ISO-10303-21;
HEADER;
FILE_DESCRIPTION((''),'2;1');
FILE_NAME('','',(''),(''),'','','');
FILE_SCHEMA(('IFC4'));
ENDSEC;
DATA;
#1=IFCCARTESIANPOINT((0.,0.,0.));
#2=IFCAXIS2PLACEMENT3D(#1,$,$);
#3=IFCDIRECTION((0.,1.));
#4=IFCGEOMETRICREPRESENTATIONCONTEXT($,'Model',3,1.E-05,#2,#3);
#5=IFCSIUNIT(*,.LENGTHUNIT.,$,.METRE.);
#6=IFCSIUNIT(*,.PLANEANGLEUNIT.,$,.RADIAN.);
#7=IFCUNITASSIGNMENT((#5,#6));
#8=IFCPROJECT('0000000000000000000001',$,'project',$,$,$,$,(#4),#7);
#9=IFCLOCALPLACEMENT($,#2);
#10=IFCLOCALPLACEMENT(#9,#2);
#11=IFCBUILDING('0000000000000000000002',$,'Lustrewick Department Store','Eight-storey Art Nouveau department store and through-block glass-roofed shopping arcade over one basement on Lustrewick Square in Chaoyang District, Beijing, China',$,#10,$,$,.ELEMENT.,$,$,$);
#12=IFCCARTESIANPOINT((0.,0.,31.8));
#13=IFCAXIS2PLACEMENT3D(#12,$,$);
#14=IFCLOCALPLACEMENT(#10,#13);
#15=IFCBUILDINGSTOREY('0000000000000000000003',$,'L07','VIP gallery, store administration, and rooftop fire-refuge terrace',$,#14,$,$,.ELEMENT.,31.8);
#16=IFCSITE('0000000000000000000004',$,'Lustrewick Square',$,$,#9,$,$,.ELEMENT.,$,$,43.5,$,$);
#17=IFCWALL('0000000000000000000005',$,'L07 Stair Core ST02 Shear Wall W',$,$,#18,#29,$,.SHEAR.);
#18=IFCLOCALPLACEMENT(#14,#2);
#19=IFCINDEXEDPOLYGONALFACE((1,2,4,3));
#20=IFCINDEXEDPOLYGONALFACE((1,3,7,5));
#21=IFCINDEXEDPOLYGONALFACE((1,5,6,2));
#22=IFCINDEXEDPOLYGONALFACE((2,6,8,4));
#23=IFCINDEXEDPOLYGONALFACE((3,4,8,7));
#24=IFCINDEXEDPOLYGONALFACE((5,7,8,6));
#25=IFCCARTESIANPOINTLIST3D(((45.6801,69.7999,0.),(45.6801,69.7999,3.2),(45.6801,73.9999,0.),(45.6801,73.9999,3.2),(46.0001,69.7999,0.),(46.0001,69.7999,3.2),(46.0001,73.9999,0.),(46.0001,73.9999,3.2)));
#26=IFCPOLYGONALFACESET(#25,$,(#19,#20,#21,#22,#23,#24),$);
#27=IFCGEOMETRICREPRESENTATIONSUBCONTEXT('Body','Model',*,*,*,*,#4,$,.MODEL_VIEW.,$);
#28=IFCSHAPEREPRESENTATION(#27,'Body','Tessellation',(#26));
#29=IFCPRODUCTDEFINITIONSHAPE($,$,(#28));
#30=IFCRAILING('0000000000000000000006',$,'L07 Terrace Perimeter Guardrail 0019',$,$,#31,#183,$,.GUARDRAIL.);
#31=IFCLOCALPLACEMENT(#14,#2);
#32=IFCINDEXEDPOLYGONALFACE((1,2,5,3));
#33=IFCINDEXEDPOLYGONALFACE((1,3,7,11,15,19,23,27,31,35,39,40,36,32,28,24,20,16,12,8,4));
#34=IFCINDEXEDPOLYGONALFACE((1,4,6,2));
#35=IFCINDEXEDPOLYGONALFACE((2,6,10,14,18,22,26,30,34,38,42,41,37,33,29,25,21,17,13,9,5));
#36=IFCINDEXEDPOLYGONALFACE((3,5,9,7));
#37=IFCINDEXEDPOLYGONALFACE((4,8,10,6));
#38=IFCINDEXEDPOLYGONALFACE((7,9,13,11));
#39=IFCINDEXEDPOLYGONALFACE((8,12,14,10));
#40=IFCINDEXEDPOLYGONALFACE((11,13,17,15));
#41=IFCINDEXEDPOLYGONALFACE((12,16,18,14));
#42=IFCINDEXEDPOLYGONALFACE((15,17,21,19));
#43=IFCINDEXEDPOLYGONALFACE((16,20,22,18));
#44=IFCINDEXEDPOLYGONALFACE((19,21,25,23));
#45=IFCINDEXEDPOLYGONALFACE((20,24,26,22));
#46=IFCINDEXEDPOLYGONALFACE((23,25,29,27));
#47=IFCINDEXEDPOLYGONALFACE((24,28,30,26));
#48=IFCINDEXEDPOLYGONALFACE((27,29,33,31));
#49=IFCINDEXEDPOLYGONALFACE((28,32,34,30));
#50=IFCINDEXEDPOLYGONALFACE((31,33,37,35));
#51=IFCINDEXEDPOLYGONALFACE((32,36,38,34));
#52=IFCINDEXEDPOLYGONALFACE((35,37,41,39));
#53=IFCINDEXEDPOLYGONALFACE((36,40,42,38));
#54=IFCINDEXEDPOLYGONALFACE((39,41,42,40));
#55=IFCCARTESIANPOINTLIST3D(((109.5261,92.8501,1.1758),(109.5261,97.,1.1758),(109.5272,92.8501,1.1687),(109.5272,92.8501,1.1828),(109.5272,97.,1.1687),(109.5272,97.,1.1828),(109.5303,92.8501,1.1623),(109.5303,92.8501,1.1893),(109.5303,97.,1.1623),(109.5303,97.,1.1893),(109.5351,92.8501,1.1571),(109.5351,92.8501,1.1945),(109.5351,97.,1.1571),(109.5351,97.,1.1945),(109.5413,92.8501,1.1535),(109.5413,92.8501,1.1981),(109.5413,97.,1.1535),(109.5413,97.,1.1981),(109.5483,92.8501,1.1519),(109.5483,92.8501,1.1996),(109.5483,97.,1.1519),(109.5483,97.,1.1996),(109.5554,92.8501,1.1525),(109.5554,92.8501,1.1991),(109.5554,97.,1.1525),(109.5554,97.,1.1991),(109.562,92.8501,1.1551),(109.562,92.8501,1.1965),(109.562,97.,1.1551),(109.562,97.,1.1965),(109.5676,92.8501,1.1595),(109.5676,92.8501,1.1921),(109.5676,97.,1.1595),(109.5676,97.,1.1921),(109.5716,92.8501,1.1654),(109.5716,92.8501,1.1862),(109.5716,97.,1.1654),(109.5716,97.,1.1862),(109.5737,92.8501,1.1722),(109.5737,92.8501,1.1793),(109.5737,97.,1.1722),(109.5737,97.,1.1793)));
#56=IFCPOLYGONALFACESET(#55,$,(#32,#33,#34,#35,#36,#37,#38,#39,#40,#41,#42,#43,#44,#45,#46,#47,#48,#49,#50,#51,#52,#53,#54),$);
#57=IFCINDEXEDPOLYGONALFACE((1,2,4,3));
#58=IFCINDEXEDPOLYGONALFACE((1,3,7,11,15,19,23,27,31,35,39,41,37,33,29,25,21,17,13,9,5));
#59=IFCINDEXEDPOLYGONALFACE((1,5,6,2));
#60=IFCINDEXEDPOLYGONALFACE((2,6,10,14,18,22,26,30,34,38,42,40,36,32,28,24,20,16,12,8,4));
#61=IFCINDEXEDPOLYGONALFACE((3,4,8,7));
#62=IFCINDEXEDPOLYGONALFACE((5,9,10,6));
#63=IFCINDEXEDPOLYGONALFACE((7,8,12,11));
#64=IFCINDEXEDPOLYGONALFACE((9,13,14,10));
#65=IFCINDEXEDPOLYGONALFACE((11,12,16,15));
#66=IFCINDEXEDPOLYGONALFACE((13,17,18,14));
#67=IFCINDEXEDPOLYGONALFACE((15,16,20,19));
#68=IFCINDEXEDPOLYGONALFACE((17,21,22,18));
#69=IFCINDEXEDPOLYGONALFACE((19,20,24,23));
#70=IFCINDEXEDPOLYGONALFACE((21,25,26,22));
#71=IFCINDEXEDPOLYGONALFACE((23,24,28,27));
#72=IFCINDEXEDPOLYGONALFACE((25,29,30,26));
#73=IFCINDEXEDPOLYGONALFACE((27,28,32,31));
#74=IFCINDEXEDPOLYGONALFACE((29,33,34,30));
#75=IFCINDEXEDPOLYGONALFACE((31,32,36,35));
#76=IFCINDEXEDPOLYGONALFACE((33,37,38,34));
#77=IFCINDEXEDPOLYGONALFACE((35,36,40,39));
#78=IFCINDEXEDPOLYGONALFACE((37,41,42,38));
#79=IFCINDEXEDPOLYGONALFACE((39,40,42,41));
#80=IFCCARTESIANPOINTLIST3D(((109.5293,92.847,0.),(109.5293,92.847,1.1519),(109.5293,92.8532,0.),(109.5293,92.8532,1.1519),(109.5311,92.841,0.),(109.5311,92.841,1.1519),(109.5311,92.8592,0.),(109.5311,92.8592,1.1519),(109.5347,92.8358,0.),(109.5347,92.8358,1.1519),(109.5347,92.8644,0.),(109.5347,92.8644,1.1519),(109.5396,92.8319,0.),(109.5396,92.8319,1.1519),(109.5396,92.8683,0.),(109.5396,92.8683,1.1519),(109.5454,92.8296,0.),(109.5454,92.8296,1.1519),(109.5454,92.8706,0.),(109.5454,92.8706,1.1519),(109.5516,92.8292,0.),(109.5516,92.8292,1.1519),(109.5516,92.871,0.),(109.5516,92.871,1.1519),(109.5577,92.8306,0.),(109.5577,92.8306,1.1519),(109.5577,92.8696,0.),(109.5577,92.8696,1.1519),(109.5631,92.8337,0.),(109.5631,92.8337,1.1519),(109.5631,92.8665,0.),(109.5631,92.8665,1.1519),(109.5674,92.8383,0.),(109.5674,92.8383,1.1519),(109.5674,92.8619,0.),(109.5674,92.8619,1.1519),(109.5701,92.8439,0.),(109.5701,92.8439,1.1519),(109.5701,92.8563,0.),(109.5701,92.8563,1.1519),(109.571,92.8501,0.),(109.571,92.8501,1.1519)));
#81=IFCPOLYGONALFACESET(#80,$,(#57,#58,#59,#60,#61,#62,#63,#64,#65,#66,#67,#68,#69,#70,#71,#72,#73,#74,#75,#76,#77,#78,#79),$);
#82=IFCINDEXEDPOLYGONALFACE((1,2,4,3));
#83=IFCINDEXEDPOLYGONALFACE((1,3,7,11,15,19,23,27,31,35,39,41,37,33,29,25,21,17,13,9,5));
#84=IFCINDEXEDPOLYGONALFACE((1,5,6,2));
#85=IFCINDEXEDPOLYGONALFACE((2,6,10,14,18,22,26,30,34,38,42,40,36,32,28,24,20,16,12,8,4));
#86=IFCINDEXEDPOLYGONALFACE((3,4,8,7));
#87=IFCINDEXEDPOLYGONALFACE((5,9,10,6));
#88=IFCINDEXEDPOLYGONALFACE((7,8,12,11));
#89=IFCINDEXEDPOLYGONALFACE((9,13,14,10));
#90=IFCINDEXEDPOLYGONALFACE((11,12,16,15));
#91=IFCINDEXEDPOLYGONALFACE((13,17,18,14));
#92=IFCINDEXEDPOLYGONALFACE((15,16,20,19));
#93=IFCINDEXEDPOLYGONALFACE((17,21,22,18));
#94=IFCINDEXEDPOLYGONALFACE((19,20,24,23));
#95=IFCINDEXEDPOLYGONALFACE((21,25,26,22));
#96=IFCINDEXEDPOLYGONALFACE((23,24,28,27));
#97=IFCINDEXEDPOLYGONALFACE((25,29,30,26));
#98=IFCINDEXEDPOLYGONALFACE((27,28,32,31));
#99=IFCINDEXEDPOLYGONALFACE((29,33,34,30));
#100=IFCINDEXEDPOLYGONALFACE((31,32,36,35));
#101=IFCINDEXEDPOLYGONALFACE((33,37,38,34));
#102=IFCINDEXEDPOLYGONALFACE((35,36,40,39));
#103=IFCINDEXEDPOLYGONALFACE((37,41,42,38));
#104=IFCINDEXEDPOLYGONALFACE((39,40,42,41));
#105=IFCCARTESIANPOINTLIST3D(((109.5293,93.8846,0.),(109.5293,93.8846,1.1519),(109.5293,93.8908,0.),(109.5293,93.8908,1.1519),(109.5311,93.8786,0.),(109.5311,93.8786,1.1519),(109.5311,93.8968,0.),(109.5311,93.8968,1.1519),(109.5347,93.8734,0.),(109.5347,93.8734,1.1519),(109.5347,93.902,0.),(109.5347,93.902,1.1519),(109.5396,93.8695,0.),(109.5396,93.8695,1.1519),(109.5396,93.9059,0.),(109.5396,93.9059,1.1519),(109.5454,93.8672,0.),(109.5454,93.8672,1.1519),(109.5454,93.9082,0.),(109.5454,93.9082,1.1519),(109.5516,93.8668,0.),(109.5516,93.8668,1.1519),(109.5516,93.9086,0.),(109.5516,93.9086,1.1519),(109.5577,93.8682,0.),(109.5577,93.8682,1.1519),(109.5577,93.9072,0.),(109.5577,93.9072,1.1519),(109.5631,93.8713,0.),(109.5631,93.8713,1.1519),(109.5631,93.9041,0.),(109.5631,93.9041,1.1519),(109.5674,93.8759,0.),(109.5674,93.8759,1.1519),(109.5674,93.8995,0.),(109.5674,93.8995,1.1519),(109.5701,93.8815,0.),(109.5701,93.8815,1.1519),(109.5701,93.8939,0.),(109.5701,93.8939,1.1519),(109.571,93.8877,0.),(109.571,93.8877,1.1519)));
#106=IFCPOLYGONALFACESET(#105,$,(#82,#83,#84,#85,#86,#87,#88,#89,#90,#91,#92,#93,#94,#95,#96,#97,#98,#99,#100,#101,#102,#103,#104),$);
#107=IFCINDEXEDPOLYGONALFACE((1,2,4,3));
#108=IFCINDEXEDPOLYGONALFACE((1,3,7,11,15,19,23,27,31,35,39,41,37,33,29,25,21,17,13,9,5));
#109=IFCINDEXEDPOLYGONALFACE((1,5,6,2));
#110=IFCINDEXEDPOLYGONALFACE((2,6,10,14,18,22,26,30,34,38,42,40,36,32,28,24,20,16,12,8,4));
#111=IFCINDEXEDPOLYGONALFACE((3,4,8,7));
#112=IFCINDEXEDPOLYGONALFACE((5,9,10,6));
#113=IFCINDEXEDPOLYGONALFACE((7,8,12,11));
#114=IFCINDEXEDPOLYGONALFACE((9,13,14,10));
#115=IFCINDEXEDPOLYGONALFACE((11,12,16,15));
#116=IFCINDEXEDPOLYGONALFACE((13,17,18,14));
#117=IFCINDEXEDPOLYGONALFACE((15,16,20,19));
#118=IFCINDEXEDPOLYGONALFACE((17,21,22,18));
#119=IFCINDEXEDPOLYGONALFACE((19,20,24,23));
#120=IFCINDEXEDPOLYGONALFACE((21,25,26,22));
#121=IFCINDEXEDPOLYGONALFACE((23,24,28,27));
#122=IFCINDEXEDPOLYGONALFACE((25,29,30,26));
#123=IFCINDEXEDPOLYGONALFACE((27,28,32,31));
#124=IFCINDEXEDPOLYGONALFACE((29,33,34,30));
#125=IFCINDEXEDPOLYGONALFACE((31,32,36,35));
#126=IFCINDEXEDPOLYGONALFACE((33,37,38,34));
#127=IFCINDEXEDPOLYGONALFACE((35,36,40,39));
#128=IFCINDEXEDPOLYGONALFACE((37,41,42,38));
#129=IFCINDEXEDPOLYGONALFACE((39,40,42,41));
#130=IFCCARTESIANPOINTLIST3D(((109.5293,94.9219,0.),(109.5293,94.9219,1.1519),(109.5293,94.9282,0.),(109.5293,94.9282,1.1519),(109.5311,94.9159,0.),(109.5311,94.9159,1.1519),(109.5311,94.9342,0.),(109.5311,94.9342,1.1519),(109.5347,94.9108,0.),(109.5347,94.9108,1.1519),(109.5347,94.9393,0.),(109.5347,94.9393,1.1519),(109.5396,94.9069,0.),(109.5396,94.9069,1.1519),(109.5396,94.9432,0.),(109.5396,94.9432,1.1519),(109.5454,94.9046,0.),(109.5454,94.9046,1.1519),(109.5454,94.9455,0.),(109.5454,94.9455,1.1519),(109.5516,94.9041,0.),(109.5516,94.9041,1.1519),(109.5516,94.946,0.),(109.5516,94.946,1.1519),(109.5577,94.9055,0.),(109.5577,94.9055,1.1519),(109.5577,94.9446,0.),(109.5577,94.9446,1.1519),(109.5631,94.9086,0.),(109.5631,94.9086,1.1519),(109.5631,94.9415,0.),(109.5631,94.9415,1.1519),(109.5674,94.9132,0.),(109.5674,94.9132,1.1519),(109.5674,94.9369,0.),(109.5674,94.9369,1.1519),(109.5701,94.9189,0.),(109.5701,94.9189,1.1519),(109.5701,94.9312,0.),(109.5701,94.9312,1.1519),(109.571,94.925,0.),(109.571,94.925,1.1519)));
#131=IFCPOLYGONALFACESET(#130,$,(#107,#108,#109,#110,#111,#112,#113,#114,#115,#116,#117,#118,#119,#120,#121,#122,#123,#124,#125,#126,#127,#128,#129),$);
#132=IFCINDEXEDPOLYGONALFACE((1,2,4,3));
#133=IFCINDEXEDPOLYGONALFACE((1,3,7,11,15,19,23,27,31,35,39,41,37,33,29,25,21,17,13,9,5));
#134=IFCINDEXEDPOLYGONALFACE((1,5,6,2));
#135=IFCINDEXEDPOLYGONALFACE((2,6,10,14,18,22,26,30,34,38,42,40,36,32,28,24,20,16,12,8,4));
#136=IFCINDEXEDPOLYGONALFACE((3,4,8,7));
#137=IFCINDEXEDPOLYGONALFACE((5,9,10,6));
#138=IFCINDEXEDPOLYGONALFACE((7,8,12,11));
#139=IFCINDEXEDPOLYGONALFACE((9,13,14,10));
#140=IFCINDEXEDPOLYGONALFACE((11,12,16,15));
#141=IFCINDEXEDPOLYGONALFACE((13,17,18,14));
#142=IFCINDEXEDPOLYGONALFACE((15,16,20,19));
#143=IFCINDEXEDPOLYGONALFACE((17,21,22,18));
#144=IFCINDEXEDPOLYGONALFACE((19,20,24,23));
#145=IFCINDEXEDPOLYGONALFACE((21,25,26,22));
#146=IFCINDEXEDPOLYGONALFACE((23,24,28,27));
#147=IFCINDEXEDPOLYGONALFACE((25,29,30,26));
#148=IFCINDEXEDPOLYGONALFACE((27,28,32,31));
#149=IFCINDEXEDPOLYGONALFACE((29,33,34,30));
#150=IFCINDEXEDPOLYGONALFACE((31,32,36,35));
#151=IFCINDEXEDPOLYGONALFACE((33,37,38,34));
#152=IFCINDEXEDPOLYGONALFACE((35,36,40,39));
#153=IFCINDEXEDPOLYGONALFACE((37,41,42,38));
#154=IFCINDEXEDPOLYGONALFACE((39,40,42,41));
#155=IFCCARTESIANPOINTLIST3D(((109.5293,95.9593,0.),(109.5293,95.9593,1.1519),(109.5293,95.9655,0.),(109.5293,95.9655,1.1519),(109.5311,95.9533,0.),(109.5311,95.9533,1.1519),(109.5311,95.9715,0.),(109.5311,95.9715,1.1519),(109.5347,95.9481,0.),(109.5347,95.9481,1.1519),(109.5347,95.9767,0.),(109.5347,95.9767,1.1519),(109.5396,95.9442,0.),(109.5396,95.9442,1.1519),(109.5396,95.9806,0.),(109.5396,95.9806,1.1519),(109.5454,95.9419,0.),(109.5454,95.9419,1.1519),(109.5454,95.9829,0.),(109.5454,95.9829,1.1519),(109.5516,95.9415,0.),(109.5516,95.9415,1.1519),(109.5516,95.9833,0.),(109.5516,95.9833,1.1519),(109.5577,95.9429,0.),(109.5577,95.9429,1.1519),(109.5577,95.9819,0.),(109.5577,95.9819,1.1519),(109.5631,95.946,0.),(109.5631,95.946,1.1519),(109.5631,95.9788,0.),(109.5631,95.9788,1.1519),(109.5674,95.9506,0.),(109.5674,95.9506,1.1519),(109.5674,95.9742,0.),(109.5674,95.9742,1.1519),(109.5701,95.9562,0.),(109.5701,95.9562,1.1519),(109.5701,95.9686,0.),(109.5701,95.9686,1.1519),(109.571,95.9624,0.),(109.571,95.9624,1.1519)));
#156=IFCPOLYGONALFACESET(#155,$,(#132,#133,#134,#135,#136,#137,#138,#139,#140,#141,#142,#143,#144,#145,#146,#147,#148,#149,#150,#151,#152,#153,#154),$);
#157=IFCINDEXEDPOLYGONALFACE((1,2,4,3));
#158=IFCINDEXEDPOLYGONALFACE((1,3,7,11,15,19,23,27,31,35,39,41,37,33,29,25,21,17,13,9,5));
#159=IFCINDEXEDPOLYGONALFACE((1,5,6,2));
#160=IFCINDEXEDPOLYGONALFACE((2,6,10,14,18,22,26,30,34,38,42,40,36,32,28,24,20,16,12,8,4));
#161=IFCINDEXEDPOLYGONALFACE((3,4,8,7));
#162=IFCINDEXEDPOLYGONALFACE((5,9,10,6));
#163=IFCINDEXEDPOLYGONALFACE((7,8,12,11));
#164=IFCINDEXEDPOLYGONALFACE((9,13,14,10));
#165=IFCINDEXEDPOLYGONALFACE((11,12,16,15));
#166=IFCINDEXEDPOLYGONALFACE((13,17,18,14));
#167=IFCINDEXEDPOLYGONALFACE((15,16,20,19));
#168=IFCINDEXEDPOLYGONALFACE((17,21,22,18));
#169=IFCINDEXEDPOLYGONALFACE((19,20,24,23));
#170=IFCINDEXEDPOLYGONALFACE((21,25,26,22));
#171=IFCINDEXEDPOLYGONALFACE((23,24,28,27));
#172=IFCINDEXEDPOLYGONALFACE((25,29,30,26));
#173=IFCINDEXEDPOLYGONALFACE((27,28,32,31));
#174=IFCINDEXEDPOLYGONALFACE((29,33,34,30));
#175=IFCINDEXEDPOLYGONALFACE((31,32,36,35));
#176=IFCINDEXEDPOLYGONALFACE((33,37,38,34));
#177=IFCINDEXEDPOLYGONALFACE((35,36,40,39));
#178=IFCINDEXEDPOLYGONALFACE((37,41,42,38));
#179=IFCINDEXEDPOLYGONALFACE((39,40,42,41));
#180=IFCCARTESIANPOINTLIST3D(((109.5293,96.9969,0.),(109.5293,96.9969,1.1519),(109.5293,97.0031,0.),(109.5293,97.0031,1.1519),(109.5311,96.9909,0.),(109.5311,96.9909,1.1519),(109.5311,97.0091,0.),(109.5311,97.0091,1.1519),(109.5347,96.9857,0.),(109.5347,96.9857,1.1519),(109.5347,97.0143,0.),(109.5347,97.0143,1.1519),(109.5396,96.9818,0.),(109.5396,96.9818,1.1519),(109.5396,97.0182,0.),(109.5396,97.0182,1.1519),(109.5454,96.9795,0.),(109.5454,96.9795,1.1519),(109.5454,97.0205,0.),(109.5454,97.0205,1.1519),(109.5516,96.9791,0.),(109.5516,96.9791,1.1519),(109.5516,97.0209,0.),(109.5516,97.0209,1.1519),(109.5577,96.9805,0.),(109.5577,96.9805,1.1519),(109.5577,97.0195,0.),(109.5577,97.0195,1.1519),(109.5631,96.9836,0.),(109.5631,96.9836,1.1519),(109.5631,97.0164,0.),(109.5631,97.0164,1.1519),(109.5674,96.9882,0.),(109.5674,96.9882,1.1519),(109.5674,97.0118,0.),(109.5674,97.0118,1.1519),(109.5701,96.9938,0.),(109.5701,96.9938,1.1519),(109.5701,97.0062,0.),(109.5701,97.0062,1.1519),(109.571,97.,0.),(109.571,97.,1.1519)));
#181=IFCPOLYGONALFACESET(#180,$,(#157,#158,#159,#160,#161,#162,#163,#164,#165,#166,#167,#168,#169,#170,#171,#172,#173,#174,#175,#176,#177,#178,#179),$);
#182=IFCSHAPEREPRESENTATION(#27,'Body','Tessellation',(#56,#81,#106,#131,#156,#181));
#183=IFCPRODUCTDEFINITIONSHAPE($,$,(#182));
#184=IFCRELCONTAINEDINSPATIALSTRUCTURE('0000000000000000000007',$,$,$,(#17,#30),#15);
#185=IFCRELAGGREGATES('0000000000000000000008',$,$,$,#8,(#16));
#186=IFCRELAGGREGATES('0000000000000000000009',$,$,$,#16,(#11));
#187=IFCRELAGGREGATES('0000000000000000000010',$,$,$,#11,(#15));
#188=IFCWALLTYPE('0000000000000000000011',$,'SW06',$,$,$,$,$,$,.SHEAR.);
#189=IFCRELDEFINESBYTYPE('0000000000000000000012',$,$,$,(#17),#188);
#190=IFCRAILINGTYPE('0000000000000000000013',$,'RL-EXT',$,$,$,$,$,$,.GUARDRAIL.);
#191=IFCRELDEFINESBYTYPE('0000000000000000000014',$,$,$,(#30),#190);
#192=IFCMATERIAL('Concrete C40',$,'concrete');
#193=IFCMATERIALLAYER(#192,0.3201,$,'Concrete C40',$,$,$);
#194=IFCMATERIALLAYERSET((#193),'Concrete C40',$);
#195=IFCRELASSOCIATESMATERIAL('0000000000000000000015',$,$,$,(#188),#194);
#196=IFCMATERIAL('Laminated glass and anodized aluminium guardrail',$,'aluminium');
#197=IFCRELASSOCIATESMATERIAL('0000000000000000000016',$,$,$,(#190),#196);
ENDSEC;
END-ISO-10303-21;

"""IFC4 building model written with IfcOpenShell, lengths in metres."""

from ifc_helpers import new_model, si_unit, direction, frame, frame_2d, origin, origin_2d, place, context, subcontext, project, spatial, rectangle, circle, extrude, material, layer, layer_set, type_object, element, save


model = new_model("IFC4")

# Units and contexts
model_context = context("Model", 3, precision=1e-05, world=origin(), true_north=direction((0.0, 1.0)))
body_context = subcontext(model_context, "Body", "Model", "MODEL_VIEW")
ifc_project = project(units=[si_unit("LENGTHUNIT", "METRE"), si_unit("PLANEANGLEUNIT", "RADIAN")], contexts=[model_context])

# Site, building, storey
site_placement = place(None, origin())
site = spatial("IfcSite", under=ifc_project, at=site_placement, Name="Lustrewick Square", CompositionType="ELEMENT", RefElevation=43.5)
building_placement = place(site_placement, origin())
building = spatial("IfcBuilding", under=site, at=building_placement, Name="Lustrewick Department Store", Description="Eight-storey Art Nouveau department store and through-block glass-roofed shopping arcade over one basement on Lustrewick Square in Chaoyang District, Beijing, China", CompositionType="ELEMENT")
storey_placement = place(building_placement, frame((0.0, 0.0, 31.8)))
storey = spatial("IfcBuildingStorey", under=building, at=storey_placement, Name="L07", Description="VIP gallery, store administration, and rooftop fire-refuge terrace", CompositionType="ELEMENT", Elevation=31.8)

# Shared definitions
ifc_material_1 = material(Name="Concrete C40", Category="concrete")

# Shared definitions
ifc_layer_1 = layer(ifc_material_1, 0.3201, Name="Concrete C40")
ifc_layer_set_1 = layer_set([ifc_layer_1], Name="Concrete C40")
wall_type_1 = type_object("IfcWallType", Name="SW06", PredefinedType="SHEAR", material=ifc_layer_set_1)

# Wall
wall_1_placement = place(storey_placement, frame((45.8401, 74.0, 0.0), z_axis=(0.0, 0.0, 1.0), x_axis=(0.0, -1.0, 0.0)))
element("IfcWall", 1, at=wall_1_placement, inside=storey, type_object=wall_type_1, Name="L07 Stair Core ST02 Shear Wall W", PredefinedType="SHEAR", context=body_context, shape_type="SweptSolid", body=[
    extrude(rectangle(XDim=4.2, YDim=0.3201, at=frame_2d((2.1001, 0.0))), origin(), (0.0, 0.0, 1.0), 3.2),
])

# Railing
ifc_material_2 = material(Name="Laminated glass and anodized aluminium guardrail", Category="aluminium")
railing_type_1 = type_object("IfcRailingType", Name="RL-EXT", PredefinedType="GUARDRAIL", material=ifc_material_2)
railing_1_placement = place(storey_placement, frame((109.55, 92.8501, 0.0)))
element("IfcRailing", 2, at=railing_1_placement, inside=storey, type_object=railing_type_1, Name="L07 Terrace Perimeter Guardrail 0019", PredefinedType="GUARDRAIL", context=body_context, shape_type="SweptSolid", body=[
    extrude(circle(Radius=0.0239, at=origin_2d()), frame((0.0, 0.0, 1.1758), z_axis=(0.0, 1.0, 0.0), x_axis=(-1.0, 0.0, 0.0)), (0.0, 0.0, 1.0), 4.1499),
    extrude(circle(Radius=0.021, at=origin_2d()), origin(), (0.0, 0.0, 1.0), 1.1519),
    extrude(circle(Radius=0.021, at=origin_2d()), frame((0.0, 1.0376, 0.0)), (0.0, 0.0, 1.0), 1.1519),
    extrude(circle(Radius=0.021, at=origin_2d()), frame((0.0, 2.075, 0.0)), (0.0, 0.0, 1.0), 1.1519),
    extrude(circle(Radius=0.021, at=origin_2d()), frame((0.0, 3.1123, 0.0)), (0.0, 0.0, 1.0), 1.1519),
    extrude(circle(Radius=0.021, at=origin_2d()), frame((0.0, 4.1499, 0.0)), (0.0, 0.0, 1.0), 1.1519),
])

save(model, "model.ifc")
